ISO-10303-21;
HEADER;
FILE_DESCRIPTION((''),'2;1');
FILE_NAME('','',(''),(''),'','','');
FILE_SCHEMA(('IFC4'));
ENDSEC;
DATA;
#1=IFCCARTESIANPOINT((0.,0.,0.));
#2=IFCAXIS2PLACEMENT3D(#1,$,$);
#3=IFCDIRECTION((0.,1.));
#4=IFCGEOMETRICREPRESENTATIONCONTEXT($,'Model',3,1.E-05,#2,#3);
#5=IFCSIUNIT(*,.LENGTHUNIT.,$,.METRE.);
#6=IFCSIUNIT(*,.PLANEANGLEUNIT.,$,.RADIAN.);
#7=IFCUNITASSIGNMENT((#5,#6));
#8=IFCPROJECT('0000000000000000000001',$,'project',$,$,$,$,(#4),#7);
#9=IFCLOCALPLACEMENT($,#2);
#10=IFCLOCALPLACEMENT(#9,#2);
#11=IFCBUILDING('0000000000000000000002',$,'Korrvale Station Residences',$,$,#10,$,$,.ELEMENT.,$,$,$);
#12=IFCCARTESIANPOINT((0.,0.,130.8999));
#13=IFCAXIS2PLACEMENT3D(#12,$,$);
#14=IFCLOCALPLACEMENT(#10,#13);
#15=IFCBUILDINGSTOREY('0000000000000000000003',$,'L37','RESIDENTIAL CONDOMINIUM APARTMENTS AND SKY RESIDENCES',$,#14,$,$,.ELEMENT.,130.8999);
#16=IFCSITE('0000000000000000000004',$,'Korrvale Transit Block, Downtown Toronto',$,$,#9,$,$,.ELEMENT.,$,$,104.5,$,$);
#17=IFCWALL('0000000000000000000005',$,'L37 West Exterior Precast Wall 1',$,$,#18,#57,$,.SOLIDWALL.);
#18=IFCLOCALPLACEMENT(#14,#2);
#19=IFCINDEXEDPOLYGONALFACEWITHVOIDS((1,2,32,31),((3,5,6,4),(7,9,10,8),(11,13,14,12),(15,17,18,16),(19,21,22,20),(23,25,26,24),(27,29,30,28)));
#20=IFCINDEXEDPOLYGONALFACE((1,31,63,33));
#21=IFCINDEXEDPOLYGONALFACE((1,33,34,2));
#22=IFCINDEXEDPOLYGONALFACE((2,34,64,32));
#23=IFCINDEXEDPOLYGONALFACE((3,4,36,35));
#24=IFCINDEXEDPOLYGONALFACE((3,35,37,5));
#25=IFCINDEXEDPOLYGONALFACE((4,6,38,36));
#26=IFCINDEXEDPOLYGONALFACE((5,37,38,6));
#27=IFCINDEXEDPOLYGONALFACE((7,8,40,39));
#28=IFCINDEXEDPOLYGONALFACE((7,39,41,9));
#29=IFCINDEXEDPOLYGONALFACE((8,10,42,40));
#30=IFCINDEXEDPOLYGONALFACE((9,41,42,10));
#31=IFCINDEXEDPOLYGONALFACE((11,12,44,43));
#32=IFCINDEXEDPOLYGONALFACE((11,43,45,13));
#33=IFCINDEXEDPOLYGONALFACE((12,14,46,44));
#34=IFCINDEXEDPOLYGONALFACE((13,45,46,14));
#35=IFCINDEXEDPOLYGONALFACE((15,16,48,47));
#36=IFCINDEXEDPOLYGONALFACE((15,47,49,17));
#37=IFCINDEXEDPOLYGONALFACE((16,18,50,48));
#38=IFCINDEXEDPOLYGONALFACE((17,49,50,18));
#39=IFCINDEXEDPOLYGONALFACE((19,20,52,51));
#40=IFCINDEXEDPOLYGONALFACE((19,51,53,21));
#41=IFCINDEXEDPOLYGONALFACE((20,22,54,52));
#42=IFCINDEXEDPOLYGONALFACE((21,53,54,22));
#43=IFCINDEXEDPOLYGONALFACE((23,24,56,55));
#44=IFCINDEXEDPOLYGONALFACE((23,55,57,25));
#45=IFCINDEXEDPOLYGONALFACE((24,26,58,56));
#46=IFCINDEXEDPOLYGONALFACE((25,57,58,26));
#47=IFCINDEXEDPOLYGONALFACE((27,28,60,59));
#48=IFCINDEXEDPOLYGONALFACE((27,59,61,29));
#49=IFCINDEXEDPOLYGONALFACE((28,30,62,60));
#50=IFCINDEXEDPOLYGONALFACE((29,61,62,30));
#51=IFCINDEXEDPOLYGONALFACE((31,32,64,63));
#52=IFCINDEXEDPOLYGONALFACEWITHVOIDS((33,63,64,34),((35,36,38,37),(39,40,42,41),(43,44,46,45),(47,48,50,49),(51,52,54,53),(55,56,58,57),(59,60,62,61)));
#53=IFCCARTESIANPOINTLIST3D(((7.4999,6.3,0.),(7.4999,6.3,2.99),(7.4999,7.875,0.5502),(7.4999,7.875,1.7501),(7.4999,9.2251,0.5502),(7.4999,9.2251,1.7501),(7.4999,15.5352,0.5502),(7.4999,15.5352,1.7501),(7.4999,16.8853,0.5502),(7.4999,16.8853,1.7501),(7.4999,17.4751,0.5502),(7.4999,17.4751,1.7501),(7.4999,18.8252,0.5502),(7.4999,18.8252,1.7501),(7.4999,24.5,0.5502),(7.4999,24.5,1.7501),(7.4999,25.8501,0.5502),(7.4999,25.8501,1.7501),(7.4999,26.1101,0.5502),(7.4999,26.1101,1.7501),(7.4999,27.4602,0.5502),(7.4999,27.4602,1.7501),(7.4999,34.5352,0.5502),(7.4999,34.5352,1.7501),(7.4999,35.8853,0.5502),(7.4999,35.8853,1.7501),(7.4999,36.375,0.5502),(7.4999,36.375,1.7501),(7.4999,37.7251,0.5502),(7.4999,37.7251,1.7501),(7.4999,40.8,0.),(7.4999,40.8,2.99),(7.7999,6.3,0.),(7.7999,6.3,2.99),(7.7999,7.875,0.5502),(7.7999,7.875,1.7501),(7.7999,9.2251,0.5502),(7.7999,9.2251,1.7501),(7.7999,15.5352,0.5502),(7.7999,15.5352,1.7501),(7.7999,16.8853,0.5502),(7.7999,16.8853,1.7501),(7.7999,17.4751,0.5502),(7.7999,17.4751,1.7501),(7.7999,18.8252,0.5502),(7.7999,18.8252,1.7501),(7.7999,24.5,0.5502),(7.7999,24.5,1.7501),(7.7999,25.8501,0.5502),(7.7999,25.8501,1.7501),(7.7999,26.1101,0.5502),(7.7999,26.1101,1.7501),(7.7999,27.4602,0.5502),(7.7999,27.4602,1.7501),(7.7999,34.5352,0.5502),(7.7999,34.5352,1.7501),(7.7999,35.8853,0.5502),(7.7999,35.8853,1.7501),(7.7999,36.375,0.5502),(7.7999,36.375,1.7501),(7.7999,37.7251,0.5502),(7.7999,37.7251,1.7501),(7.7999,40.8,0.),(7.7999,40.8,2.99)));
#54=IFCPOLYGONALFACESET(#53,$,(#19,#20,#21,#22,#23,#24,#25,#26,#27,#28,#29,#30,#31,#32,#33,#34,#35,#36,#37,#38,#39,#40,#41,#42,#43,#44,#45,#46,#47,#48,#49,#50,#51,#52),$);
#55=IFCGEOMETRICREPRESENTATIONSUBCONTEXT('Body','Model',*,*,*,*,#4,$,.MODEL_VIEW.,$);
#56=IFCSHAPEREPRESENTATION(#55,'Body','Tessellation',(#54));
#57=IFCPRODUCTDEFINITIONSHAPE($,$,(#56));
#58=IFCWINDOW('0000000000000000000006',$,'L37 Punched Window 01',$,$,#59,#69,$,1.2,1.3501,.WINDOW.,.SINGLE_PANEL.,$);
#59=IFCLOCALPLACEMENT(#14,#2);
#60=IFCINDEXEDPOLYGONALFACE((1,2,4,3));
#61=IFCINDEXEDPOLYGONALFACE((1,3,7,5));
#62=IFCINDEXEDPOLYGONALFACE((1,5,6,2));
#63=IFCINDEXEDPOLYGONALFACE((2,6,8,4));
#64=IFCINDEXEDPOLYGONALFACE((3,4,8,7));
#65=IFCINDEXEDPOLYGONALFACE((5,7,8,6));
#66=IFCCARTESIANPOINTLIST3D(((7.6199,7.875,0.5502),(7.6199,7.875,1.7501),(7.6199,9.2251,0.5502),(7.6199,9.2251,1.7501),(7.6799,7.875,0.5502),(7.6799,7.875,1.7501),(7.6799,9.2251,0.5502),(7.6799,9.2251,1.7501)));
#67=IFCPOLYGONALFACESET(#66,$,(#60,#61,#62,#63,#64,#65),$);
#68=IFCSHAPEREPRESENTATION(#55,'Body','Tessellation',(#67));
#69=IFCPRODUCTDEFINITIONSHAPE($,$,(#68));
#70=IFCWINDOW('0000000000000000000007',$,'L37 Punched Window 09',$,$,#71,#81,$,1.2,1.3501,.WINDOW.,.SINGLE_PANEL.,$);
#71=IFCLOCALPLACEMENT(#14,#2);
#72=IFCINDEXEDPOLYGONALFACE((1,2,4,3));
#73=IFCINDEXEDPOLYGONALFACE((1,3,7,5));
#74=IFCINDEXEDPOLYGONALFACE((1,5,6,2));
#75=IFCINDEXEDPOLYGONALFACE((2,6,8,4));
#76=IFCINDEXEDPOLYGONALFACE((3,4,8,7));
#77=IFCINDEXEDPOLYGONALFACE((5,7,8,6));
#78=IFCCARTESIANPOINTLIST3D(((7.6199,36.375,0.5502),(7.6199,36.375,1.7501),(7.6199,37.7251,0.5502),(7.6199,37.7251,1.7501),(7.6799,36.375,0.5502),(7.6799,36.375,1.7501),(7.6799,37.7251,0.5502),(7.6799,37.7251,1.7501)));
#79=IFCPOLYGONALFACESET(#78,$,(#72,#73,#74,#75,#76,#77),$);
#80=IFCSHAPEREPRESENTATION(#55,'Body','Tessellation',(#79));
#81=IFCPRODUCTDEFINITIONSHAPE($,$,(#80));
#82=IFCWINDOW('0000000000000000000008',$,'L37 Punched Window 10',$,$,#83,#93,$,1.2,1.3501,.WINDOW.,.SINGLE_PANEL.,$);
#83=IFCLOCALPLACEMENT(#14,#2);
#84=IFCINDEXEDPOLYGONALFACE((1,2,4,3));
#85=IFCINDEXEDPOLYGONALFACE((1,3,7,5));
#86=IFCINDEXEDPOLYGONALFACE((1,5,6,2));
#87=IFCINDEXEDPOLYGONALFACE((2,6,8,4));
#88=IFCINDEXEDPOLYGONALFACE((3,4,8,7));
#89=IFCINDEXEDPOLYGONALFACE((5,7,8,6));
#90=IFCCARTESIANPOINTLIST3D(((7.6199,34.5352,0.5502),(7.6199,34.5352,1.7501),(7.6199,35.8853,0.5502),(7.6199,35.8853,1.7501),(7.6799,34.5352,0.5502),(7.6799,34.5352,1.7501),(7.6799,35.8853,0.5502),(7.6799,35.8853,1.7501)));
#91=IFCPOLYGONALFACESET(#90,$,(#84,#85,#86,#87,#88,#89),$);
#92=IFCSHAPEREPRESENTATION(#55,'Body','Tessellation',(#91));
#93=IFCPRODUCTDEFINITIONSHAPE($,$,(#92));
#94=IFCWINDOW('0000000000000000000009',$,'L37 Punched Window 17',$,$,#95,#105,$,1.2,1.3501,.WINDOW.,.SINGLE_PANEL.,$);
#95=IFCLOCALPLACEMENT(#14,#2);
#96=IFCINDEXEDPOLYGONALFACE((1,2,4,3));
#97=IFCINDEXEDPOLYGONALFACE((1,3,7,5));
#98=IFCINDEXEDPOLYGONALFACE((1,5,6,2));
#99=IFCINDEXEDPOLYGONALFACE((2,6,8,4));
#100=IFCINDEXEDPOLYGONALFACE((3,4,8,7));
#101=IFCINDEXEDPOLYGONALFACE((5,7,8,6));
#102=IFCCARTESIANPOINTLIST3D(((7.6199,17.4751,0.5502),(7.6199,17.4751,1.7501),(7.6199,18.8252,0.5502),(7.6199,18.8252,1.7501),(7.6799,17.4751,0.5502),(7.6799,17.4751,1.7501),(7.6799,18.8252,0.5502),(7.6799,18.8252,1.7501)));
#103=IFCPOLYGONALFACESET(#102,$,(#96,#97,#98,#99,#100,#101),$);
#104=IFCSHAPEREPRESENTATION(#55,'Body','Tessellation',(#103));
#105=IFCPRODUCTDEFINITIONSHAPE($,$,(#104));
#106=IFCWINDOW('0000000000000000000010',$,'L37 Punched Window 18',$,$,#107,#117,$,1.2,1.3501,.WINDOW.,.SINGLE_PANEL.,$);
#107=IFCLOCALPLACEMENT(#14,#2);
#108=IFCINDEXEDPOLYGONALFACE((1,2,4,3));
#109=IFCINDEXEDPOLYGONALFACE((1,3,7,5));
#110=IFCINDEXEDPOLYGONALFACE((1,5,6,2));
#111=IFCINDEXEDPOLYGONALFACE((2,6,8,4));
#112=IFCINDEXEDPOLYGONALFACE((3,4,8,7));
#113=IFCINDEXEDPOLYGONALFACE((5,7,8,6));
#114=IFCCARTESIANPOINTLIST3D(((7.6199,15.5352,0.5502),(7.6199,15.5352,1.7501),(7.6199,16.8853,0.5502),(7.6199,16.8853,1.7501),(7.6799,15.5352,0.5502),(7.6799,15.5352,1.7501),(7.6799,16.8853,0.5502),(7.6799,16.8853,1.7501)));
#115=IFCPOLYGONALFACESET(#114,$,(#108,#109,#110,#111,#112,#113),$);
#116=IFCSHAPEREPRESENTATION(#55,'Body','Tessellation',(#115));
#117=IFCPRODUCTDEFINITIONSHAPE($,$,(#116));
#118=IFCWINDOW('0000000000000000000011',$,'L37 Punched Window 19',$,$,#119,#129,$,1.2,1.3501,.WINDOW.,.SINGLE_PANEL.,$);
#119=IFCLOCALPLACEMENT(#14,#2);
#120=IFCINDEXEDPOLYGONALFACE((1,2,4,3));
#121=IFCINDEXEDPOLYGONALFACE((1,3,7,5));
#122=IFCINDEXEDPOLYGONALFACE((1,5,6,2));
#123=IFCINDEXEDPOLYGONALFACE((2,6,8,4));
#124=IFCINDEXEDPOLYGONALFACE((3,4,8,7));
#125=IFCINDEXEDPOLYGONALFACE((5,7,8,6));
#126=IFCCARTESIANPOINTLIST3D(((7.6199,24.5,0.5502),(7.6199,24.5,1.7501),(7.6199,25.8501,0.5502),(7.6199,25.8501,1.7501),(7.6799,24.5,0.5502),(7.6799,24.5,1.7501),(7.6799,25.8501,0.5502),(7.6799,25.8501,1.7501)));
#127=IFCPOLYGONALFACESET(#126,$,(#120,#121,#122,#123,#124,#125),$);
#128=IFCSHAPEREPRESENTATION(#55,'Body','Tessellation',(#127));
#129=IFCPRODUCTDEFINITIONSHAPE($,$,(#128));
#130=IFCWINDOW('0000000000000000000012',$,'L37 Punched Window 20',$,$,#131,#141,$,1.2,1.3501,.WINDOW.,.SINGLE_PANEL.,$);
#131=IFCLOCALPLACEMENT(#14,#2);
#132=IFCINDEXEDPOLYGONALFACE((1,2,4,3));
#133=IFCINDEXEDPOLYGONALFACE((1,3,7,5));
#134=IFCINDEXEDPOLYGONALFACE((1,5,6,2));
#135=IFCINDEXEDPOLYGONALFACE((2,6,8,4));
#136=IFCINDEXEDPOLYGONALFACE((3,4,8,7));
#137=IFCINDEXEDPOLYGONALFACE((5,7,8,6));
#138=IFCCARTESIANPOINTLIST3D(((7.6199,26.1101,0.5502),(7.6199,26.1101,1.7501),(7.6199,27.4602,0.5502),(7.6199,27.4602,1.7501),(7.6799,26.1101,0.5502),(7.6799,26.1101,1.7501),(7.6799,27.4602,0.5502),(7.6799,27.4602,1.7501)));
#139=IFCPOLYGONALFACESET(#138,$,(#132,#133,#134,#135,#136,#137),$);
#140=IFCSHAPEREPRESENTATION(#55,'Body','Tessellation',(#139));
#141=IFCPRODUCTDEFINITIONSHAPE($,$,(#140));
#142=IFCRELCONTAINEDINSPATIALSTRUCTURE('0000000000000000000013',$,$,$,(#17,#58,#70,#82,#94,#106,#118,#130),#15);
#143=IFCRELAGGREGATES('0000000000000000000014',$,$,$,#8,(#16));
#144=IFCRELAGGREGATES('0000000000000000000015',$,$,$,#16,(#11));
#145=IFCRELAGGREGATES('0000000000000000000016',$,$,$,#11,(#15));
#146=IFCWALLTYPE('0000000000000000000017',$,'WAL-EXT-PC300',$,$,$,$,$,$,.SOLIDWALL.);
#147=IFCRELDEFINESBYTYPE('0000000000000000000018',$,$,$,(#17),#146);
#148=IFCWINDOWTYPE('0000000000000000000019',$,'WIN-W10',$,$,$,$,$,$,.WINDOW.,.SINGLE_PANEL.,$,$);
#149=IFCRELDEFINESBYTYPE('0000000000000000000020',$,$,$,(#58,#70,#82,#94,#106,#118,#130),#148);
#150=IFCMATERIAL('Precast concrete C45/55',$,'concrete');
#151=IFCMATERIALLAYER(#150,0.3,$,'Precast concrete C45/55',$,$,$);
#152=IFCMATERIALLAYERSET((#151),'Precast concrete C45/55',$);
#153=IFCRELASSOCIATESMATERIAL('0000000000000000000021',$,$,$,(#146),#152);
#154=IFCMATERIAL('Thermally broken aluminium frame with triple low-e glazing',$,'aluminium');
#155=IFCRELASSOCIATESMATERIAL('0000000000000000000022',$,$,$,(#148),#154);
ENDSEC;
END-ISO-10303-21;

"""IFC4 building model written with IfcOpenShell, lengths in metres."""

from ifc_helpers import new_model, si_unit, direction, frame, frame_2d, origin, place, context, subcontext, project, spatial, rectangle, extrude, material, layer, layer_set, type_object, element, fill, save


model = new_model("IFC4")

# Units and contexts
model_context = context("Model", 3, precision=1e-05, world=origin(), true_north=direction((0.0, 1.0)))
body_context = subcontext(model_context, "Body", "Model", "MODEL_VIEW")
ifc_project = project(units=[si_unit("LENGTHUNIT", "METRE"), si_unit("PLANEANGLEUNIT", "RADIAN")], contexts=[model_context])

# Site, building, storey
site_placement = place(None, origin())
site = spatial("IfcSite", under=ifc_project, at=site_placement, Name="Korrvale Transit Block, Downtown Toronto", CompositionType="ELEMENT", RefElevation=104.5)
building_placement = place(site_placement, origin())
building = spatial("IfcBuilding", under=site, at=building_placement, Name="Korrvale Station Residences", CompositionType="ELEMENT")
storey_placement = place(building_placement, frame((0.0, 0.0, 130.8999)))
storey = spatial("IfcBuildingStorey", under=building, at=storey_placement, Name="L37", Description="RESIDENTIAL CONDOMINIUM APARTMENTS AND SKY RESIDENCES", CompositionType="ELEMENT", Elevation=130.8999)

# Shared definitions
ifc_material_1 = material(Name="Precast concrete C45/55", Category="concrete")
ifc_layer_1 = layer(ifc_material_1, 0.3, Name="Precast concrete C45/55")
ifc_layer_set_1 = layer_set([ifc_layer_1], Name="Precast concrete C45/55")
wall_type_1 = type_object("IfcWallType", Name="WAL-EXT-PC300", PredefinedType="SOLIDWALL", material=ifc_layer_set_1)

# Wall, openings, windows
wall_1_placement = place(storey_placement, frame((7.6499, 6.3, 0.0), z_axis=(0.0, 0.0, 1.0), x_axis=(0.0, 1.0, 0.0)))
wall_1 = element("IfcWall", 1, at=wall_1_placement, inside=storey, type_object=wall_type_1, Name="L37 West Exterior Precast Wall 1", PredefinedType="SOLIDWALL", context=body_context, shape_type="SweptSolid", body=[
    extrude(rectangle(XDim=34.5, YDim=0.3, at=frame_2d((17.25, 0.0))), origin(), (0.0, 0.0, 1.0), 2.99),
])
opening_1_placement = place(wall_1_placement, frame((1.575, 0.0, 0.55)))
opening_1 = element("IfcOpeningElement", 2, at=opening_1_placement, cuts=wall_1, PredefinedType="OPENING", context=body_context, shape_type="SweptSolid", body=[
    extrude(rectangle(XDim=1.3501, YDim=1.2, at=frame_2d((0.675, 0.6001))), frame((0.0, 0.1602, 0.0), z_axis=(0.0, -1.0, 0.0), x_axis=(1.0, 0.0, 0.0)), (0.0, 0.0, 1.0), 0.3201),
])
opening_2_placement = place(wall_1_placement, frame((30.075, 0.0, 0.55)))
opening_2 = element("IfcOpeningElement", 3, at=opening_2_placement, cuts=wall_1, PredefinedType="OPENING", context=body_context, shape_type="SweptSolid", body=[
    extrude(rectangle(XDim=1.3501, YDim=1.2, at=frame_2d((0.675, 0.6001))), frame((0.0, 0.1602, 0.0), z_axis=(0.0, -1.0, 0.0), x_axis=(1.0, 0.0, 0.0)), (0.0, 0.0, 1.0), 0.3201),
])
opening_3_placement = place(wall_1_placement, frame((28.2351, 0.0, 0.55)))
opening_3 = element("IfcOpeningElement", 4, at=opening_3_placement, cuts=wall_1, PredefinedType="OPENING", context=body_context, shape_type="SweptSolid", body=[
    extrude(rectangle(XDim=1.3501, YDim=1.2, at=frame_2d((0.675, 0.6001))), frame((0.0, 0.1602, 0.0), z_axis=(0.0, -1.0, 0.0), x_axis=(1.0, 0.0, 0.0)), (0.0, 0.0, 1.0), 0.3201),
])
opening_4_placement = place(wall_1_placement, frame((11.175, 0.0, 0.55)))
opening_4 = element("IfcOpeningElement", 5, at=opening_4_placement, cuts=wall_1, PredefinedType="OPENING", context=body_context, shape_type="SweptSolid", body=[
    extrude(rectangle(XDim=1.3501, YDim=1.2, at=frame_2d((0.675, 0.6001))), frame((0.0, 0.1602, 0.0), z_axis=(0.0, -1.0, 0.0), x_axis=(1.0, 0.0, 0.0)), (0.0, 0.0, 1.0), 0.3201),
])
opening_5_placement = place(wall_1_placement, frame((9.2351, 0.0, 0.55)))
opening_5 = element("IfcOpeningElement", 6, at=opening_5_placement, cuts=wall_1, PredefinedType="OPENING", context=body_context, shape_type="SweptSolid", body=[
    extrude(rectangle(XDim=1.3501, YDim=1.2, at=frame_2d((0.675, 0.6001))), frame((0.0, 0.1602, 0.0), z_axis=(0.0, -1.0, 0.0), x_axis=(1.0, 0.0, 0.0)), (0.0, 0.0, 1.0), 0.3201),
])
opening_6_placement = place(wall_1_placement, frame((18.2, 0.0, 0.55)))
opening_6 = element("IfcOpeningElement", 7, at=opening_6_placement, cuts=wall_1, PredefinedType="OPENING", context=body_context, shape_type="SweptSolid", body=[
    extrude(rectangle(XDim=1.3501, YDim=1.2, at=frame_2d((0.675, 0.6001))), frame((0.0, 0.1602, 0.0), z_axis=(0.0, -1.0, 0.0), x_axis=(1.0, 0.0, 0.0)), (0.0, 0.0, 1.0), 0.3201),
])
opening_7_placement = place(wall_1_placement, frame((19.8101, 0.0, 0.55)))
opening_7 = element("IfcOpeningElement", 8, at=opening_7_placement, cuts=wall_1, PredefinedType="OPENING", context=body_context, shape_type="SweptSolid", body=[
    extrude(rectangle(XDim=1.3501, YDim=1.2, at=frame_2d((0.675, 0.6001))), frame((0.0, 0.1602, 0.0), z_axis=(0.0, -1.0, 0.0), x_axis=(1.0, 0.0, 0.0)), (0.0, 0.0, 1.0), 0.3201),
])
ifc_material_2 = material(Name="Thermally broken aluminium frame with triple low-e glazing", Category="aluminium")
window_type = type_object("IfcWindowType", Name="WIN-W10", PartitioningType="SINGLE_PANEL", PredefinedType="WINDOW", material=ifc_material_2)
window_1_placement = place(opening_1_placement, origin())
window_1 = element("IfcWindow", 9, at=window_1_placement, inside=storey, type_object=window_type, Name="L37 Punched Window 01", OverallHeight=1.2, OverallWidth=1.3501, PartitioningType="SINGLE_PANEL", PredefinedType="WINDOW", context=body_context, shape_type="SweptSolid", body=[
    extrude(rectangle(XDim=1.3501, YDim=1.2, at=frame_2d((0.675, 0.6001))), frame((0.0, 0.03, 0.0), z_axis=(0.0, -1.0, 0.0), x_axis=(1.0, 0.0, 0.0)), (0.0, 0.0, 1.0), 0.0601),
])
fill(opening_1, window_1)
window_2_placement = place(opening_2_placement, origin())
window_2 = element("IfcWindow", 10, at=window_2_placement, inside=storey, type_object=window_type, Name="L37 Punched Window 09", OverallHeight=1.2, OverallWidth=1.3501, PartitioningType="SINGLE_PANEL", PredefinedType="WINDOW", context=body_context, shape_type="SweptSolid", body=[
    extrude(rectangle(XDim=1.3501, YDim=1.2, at=frame_2d((0.675, 0.6001))), frame((0.0, 0.03, 0.0), z_axis=(0.0, -1.0, 0.0), x_axis=(1.0, 0.0, 0.0)), (0.0, 0.0, 1.0), 0.0601),
])
fill(opening_2, window_2)
window_3_placement = place(opening_3_placement, origin())
window_3 = element("IfcWindow", 11, at=window_3_placement, inside=storey, type_object=window_type, Name="L37 Punched Window 10", OverallHeight=1.2, OverallWidth=1.3501, PartitioningType="SINGLE_PANEL", PredefinedType="WINDOW", context=body_context, shape_type="SweptSolid", body=[
    extrude(rectangle(XDim=1.3501, YDim=1.2, at=frame_2d((0.675, 0.6001))), frame((0.0, 0.03, 0.0), z_axis=(0.0, -1.0, 0.0), x_axis=(1.0, 0.0, 0.0)), (0.0, 0.0, 1.0), 0.0601),
])
fill(opening_3, window_3)
window_4_placement = place(opening_4_placement, origin())
window_4 = element("IfcWindow", 12, at=window_4_placement, inside=storey, type_object=window_type, Name="L37 Punched Window 17", OverallHeight=1.2, OverallWidth=1.3501, PartitioningType="SINGLE_PANEL", PredefinedType="WINDOW", context=body_context, shape_type="SweptSolid", body=[
    extrude(rectangle(XDim=1.3501, YDim=1.2, at=frame_2d((0.675, 0.6001))), frame((0.0, 0.03, 0.0), z_axis=(0.0, -1.0, 0.0), x_axis=(1.0, 0.0, 0.0)), (0.0, 0.0, 1.0), 0.0601),
])
fill(opening_4, window_4)
window_5_placement = place(opening_5_placement, origin())
window_5 = element("IfcWindow", 13, at=window_5_placement, inside=storey, type_object=window_type, Name="L37 Punched Window 18", OverallHeight=1.2, OverallWidth=1.3501, PartitioningType="SINGLE_PANEL", PredefinedType="WINDOW", context=body_context, shape_type="SweptSolid", body=[
    extrude(rectangle(XDim=1.3501, YDim=1.2, at=frame_2d((0.675, 0.6001))), frame((0.0, 0.03, 0.0), z_axis=(0.0, -1.0, 0.0), x_axis=(1.0, 0.0, 0.0)), (0.0, 0.0, 1.0), 0.0601),
])
fill(opening_5, window_5)
window_6_placement = place(opening_6_placement, origin())
window_6 = element("IfcWindow", 14, at=window_6_placement, inside=storey, type_object=window_type, Name="L37 Punched Window 19", OverallHeight=1.2, OverallWidth=1.3501, PartitioningType="SINGLE_PANEL", PredefinedType="WINDOW", context=body_context, shape_type="SweptSolid", body=[
    extrude(rectangle(XDim=1.3501, YDim=1.2, at=frame_2d((0.675, 0.6001))), frame((0.0, 0.03, 0.0), z_axis=(0.0, -1.0, 0.0), x_axis=(1.0, 0.0, 0.0)), (0.0, 0.0, 1.0), 0.0601),
])
fill(opening_6, window_6)
window_7_placement = place(opening_7_placement, origin())
window_7 = element("IfcWindow", 15, at=window_7_placement, inside=storey, type_object=window_type, Name="L37 Punched Window 20", OverallHeight=1.2, OverallWidth=1.3501, PartitioningType="SINGLE_PANEL", PredefinedType="WINDOW", context=body_context, shape_type="SweptSolid", body=[
    extrude(rectangle(XDim=1.3501, YDim=1.2, at=frame_2d((0.675, 0.6001))), frame((0.0, 0.03, 0.0), z_axis=(0.0, -1.0, 0.0), x_axis=(1.0, 0.0, 0.0)), (0.0, 0.0, 1.0), 0.0601),
])
fill(opening_7, window_7)

save(model, "model.ifc")
